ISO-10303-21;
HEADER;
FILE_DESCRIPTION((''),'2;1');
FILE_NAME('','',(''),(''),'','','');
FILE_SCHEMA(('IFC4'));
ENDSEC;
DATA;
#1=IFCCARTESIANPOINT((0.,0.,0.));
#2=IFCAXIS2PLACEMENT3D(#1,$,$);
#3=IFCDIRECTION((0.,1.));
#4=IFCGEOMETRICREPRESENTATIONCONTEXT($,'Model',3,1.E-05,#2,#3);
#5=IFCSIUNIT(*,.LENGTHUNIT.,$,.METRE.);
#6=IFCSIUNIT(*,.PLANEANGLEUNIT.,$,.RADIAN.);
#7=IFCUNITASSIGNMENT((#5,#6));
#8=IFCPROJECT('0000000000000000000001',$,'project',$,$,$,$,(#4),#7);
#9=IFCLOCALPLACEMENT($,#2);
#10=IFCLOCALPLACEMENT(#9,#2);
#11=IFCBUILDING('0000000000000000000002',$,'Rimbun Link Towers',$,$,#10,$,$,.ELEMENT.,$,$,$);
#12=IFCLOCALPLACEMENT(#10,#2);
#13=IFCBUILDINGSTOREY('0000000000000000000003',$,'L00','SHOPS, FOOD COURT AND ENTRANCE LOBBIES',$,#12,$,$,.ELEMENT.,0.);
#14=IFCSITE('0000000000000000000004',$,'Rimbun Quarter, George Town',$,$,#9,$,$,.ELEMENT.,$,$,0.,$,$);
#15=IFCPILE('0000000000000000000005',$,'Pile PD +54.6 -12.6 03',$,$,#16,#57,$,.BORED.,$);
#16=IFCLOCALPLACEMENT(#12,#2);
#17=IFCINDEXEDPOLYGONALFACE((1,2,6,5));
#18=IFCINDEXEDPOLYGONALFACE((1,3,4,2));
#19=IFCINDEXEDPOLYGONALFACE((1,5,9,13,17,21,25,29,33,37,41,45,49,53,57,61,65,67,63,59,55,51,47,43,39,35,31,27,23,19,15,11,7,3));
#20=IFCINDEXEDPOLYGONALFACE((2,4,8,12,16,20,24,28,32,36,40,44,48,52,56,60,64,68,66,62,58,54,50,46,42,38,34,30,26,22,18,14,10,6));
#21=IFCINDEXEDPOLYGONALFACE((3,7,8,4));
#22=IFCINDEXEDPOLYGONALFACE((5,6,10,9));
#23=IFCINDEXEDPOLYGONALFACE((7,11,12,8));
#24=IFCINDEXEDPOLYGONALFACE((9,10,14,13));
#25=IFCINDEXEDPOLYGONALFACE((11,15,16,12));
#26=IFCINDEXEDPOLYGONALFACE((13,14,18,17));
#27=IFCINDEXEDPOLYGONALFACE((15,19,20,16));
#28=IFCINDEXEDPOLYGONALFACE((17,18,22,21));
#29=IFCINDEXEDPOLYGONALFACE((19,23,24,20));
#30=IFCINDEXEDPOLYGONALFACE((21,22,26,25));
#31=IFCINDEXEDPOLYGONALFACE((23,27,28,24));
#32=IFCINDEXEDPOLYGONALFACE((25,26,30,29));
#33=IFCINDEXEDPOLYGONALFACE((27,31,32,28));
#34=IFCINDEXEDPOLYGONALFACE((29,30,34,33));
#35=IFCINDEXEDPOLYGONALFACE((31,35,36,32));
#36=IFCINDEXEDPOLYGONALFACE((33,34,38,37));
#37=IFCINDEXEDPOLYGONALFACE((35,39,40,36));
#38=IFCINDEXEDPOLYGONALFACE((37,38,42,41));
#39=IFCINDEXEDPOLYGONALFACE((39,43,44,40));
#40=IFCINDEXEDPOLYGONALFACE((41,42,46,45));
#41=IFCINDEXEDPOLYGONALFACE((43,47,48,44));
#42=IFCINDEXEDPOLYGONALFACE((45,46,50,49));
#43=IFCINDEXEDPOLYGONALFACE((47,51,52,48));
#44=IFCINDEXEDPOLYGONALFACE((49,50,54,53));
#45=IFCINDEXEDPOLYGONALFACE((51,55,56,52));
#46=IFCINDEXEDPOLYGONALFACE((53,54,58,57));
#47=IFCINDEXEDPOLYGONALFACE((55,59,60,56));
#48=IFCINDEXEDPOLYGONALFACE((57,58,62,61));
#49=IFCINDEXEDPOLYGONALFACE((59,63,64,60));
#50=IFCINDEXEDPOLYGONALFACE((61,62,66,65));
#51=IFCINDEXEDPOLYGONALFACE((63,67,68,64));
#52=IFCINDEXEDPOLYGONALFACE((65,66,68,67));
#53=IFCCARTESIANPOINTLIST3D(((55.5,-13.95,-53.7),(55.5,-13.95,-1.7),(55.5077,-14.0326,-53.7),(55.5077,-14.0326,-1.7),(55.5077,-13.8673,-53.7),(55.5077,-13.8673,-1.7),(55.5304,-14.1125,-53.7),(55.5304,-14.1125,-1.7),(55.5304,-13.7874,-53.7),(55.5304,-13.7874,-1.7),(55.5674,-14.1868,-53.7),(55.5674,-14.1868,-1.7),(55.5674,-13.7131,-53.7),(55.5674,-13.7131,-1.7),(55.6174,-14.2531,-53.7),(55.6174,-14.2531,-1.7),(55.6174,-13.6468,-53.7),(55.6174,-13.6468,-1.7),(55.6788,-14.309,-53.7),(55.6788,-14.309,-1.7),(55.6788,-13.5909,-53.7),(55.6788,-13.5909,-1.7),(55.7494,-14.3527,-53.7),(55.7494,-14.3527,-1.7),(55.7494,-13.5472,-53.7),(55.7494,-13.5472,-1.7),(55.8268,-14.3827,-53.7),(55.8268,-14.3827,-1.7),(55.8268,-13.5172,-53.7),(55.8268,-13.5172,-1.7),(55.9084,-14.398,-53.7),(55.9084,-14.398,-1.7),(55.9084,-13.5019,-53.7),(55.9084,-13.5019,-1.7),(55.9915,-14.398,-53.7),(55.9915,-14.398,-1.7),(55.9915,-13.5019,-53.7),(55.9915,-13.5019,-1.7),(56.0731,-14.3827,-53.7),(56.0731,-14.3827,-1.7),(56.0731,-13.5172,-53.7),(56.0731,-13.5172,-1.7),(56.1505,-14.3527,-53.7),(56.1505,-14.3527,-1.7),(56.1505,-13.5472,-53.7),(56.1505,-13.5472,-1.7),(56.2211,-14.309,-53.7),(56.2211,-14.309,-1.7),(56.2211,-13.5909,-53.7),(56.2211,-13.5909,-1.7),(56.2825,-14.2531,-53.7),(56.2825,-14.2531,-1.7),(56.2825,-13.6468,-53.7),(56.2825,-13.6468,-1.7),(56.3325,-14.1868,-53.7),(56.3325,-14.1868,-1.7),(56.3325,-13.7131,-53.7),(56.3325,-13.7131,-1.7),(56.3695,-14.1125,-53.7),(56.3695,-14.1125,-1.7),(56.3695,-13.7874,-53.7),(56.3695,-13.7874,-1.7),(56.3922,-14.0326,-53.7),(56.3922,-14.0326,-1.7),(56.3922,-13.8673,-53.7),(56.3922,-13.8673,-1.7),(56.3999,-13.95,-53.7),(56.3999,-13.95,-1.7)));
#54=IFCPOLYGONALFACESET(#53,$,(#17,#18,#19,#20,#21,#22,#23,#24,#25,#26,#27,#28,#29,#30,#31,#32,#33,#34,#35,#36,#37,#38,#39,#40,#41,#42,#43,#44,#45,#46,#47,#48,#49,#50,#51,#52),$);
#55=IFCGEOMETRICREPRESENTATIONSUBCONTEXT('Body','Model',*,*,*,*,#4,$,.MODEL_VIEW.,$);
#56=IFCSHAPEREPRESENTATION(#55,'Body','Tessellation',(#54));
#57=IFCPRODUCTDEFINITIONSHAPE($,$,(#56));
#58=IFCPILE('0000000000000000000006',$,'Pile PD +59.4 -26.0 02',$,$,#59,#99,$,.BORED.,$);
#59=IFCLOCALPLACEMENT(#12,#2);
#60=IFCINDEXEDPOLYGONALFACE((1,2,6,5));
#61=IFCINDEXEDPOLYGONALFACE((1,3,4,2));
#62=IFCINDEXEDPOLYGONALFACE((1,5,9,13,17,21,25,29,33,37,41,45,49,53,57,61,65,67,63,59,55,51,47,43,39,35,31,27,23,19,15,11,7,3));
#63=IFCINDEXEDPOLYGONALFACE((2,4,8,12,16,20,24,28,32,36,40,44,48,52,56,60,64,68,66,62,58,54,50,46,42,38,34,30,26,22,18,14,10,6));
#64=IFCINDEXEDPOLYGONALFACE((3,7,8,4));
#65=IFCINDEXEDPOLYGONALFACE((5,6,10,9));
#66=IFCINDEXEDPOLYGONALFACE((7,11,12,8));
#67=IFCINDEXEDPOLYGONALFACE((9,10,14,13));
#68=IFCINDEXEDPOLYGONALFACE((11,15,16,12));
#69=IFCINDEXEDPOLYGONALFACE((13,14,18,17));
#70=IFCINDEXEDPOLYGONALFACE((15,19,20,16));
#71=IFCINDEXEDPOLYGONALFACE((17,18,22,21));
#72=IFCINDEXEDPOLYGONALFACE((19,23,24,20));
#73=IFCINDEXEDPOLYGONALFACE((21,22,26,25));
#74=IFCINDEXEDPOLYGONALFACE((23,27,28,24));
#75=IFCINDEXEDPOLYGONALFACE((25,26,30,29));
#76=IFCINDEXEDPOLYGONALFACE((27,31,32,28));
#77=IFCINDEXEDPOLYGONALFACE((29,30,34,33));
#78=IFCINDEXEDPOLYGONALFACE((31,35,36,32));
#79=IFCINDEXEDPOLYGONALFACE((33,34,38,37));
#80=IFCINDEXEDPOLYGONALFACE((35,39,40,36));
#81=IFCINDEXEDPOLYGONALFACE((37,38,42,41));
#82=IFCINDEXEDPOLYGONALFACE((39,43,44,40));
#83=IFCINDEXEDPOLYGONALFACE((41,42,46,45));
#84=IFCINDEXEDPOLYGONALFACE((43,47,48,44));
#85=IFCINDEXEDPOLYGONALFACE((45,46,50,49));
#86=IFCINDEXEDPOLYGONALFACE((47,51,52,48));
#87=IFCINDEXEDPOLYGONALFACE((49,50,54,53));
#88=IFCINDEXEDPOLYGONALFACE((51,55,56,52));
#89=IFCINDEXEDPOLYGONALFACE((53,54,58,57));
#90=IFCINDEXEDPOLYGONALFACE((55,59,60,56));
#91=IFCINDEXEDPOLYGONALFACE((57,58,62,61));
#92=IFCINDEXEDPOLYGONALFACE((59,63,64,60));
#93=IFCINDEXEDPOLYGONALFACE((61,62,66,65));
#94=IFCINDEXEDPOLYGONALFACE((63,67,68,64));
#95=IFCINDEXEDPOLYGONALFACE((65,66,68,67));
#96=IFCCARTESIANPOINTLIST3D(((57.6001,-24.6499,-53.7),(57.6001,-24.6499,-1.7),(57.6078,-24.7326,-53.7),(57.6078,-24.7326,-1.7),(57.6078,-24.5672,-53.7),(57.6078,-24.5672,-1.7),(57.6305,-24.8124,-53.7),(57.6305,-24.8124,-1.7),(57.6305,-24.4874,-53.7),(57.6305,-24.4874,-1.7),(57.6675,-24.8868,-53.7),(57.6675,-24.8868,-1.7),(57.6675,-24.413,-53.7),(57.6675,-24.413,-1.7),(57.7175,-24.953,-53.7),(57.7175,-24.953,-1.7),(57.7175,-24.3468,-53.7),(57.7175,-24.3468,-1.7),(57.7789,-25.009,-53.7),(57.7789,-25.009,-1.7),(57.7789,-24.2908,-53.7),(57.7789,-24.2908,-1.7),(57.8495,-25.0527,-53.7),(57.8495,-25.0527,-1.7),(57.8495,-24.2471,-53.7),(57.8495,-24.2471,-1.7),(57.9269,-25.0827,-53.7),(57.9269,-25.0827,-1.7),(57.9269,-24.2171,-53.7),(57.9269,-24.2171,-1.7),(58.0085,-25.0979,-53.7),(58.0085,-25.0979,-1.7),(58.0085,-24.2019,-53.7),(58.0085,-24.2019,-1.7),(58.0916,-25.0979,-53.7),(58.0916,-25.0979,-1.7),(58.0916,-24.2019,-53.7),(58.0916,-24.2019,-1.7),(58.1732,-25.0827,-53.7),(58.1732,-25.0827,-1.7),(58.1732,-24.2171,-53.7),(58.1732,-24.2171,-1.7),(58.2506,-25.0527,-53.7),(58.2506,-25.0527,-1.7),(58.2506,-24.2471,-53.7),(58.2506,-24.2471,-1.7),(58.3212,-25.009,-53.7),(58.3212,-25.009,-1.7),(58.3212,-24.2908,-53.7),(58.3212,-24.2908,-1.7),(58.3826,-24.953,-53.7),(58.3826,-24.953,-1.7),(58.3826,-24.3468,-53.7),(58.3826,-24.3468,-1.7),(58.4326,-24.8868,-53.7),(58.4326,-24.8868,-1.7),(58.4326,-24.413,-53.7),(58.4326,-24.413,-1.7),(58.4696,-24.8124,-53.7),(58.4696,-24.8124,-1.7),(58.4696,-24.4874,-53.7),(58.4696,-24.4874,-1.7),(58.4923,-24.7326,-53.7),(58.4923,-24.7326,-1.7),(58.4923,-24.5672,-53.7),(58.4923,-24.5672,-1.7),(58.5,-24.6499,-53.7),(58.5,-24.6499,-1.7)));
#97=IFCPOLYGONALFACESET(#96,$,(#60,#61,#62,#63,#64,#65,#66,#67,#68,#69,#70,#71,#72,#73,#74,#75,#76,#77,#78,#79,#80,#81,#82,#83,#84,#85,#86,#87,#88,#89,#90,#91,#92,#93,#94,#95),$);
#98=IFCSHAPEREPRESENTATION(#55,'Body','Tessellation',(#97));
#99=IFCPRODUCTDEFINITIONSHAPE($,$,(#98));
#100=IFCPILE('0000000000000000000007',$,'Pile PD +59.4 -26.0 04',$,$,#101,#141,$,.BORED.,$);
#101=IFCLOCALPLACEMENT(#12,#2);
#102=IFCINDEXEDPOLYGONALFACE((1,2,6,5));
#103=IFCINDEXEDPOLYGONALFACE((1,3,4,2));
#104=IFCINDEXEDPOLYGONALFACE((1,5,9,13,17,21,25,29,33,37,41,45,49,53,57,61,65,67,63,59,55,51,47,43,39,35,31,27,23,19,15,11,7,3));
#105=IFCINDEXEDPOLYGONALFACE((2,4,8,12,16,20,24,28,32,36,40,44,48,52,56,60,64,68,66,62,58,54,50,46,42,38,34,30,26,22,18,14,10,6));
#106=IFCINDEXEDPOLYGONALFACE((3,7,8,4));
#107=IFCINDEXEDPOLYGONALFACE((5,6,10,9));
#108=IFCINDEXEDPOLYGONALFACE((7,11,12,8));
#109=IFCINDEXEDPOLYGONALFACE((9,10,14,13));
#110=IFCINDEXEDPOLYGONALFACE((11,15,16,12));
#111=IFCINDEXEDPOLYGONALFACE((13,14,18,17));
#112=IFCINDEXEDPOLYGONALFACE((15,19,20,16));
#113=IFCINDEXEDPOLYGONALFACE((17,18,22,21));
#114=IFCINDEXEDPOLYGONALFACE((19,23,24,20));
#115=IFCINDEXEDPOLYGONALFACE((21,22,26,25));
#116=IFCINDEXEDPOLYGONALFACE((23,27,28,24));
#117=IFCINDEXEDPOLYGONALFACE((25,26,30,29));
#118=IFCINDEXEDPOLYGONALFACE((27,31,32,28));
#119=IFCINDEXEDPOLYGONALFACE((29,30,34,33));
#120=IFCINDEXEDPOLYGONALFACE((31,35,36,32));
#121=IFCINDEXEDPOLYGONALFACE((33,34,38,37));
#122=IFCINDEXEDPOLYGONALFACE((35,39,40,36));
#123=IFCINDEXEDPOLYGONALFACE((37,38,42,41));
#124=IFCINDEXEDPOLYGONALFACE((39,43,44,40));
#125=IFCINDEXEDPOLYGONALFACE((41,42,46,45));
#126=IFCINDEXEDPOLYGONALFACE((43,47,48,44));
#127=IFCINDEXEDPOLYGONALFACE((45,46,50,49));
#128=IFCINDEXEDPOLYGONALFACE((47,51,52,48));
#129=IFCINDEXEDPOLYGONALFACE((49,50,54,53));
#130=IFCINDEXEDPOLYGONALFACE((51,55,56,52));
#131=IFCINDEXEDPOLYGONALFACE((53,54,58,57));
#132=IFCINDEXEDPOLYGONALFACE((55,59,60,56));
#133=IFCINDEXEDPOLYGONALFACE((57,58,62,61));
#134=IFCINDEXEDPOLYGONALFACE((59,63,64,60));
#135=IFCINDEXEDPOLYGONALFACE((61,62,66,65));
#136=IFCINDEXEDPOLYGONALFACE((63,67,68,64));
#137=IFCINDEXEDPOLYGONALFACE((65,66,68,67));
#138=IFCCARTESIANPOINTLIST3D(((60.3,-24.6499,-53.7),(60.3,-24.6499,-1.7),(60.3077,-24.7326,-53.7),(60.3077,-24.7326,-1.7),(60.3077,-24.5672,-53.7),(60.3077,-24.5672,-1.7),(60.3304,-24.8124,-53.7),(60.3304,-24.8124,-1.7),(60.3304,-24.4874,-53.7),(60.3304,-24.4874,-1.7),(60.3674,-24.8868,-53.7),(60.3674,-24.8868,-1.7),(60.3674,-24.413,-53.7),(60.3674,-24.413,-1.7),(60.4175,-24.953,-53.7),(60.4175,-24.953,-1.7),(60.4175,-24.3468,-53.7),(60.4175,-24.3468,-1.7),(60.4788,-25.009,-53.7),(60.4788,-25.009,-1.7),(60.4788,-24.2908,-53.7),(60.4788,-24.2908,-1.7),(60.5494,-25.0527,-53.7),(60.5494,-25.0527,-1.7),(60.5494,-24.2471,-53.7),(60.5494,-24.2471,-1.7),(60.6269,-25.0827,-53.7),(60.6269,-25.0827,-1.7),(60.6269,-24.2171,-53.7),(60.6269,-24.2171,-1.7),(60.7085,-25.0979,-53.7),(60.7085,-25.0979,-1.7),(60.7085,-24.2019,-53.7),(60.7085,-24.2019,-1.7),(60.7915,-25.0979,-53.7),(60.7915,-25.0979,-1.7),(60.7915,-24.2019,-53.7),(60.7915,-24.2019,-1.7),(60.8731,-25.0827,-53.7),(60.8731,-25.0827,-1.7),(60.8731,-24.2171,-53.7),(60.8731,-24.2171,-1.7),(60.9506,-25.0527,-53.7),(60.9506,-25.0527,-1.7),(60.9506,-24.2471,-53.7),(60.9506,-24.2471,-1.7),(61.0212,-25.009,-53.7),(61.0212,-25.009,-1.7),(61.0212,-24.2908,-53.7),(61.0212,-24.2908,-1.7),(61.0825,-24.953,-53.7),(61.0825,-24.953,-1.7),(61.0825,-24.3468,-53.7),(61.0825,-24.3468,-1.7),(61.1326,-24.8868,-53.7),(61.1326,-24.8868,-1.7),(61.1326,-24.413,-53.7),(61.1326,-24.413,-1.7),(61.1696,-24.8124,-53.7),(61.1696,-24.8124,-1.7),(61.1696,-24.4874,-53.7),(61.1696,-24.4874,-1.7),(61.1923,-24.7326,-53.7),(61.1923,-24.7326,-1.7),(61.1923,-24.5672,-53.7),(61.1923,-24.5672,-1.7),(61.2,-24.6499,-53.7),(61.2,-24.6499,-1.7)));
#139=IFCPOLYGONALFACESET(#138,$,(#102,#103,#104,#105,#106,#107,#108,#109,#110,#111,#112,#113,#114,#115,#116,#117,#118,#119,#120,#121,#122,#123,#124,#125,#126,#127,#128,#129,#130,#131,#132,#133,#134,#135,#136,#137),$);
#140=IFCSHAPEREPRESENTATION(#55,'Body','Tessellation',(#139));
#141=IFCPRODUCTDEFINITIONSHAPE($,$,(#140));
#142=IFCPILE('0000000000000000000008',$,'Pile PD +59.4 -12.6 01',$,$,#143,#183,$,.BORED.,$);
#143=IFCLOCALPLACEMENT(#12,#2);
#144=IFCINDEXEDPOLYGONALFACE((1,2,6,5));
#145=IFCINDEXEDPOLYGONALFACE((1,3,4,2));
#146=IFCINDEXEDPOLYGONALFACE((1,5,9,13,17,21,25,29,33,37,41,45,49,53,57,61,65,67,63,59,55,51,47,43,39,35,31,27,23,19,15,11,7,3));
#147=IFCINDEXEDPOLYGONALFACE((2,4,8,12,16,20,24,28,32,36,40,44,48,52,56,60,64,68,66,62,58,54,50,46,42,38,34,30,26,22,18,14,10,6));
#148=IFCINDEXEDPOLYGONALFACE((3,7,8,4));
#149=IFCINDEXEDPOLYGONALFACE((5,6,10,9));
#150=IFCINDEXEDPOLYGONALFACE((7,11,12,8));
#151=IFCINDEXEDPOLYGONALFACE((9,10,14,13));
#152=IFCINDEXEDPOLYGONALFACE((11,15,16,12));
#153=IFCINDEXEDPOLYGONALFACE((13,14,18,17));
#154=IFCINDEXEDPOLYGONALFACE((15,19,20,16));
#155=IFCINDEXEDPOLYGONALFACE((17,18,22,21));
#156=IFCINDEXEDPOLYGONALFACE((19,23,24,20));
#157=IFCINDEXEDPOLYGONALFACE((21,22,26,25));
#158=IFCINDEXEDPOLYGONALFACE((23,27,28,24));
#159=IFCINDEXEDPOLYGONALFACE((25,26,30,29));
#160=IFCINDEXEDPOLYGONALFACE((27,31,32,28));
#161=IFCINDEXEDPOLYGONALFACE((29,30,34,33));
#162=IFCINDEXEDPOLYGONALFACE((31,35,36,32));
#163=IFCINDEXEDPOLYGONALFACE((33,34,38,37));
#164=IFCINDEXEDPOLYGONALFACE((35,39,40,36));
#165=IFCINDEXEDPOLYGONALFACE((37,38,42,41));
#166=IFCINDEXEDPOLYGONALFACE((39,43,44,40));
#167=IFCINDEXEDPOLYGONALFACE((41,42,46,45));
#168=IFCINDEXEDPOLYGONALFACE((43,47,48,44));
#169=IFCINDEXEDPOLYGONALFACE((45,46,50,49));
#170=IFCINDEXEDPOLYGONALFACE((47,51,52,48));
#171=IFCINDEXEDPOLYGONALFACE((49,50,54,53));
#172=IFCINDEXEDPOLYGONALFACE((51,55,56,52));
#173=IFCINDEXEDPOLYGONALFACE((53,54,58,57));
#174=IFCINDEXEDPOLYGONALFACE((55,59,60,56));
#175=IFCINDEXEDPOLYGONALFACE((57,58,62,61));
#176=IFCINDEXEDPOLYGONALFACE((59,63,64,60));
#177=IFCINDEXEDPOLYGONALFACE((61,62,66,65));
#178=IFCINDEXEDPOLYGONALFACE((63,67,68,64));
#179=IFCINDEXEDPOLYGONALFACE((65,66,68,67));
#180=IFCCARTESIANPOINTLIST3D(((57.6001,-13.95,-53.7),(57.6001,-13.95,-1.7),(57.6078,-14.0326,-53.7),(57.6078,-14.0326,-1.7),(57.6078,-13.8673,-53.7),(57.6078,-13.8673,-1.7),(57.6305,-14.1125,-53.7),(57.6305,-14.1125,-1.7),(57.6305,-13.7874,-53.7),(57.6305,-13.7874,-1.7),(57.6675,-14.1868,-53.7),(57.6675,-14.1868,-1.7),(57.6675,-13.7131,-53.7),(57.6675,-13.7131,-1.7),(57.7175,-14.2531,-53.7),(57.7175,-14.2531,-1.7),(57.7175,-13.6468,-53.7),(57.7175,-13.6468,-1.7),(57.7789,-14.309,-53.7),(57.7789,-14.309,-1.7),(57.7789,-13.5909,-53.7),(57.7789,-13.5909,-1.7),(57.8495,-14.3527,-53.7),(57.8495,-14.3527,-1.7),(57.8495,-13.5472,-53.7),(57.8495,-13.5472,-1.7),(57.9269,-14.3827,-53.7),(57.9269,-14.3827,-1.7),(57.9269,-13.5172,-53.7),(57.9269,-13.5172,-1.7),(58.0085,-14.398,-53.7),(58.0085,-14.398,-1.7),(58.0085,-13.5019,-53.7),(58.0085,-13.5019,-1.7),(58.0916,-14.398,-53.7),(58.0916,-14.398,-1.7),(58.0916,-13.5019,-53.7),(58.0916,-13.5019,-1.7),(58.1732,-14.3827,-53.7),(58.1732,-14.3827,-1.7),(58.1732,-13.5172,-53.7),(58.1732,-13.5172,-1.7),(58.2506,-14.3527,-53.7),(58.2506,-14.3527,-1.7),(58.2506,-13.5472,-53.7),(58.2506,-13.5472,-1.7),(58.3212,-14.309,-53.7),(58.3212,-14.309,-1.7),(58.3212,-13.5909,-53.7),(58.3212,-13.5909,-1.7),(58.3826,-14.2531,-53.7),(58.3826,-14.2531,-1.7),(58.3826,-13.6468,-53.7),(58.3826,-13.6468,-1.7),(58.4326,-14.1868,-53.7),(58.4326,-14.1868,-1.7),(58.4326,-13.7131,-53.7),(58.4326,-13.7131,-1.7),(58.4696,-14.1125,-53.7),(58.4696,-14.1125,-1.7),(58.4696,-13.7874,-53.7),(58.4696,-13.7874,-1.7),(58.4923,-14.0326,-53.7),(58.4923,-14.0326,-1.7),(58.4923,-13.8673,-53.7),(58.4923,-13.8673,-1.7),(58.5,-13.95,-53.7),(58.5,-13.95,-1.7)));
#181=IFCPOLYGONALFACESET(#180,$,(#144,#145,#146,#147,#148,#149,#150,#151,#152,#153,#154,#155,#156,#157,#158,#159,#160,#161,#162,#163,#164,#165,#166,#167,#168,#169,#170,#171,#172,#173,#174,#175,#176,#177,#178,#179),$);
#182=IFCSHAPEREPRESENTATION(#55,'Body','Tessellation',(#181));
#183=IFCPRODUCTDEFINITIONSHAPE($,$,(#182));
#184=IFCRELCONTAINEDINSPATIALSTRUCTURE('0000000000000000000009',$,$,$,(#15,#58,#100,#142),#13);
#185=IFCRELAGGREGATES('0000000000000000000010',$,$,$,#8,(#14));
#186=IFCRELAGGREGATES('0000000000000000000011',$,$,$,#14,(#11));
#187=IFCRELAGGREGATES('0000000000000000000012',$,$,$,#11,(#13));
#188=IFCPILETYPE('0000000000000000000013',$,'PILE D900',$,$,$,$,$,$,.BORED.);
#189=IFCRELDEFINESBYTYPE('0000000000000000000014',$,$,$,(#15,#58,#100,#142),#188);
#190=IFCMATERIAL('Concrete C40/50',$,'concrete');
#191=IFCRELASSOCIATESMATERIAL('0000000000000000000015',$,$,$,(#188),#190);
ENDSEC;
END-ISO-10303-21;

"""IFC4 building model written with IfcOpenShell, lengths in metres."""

from ifc_helpers import new_model, si_unit, direction, frame, origin, origin_2d, place, context, subcontext, project, spatial, circle, extrude, material, material_profile, profile_set, type_object, element, save


model = new_model("IFC4")

# Units and contexts
model_context = context("Model", 3, precision=1e-05, world=origin(), true_north=direction((0.0, 1.0)))
body_context = subcontext(model_context, "Body", "Model", "MODEL_VIEW")
ifc_project = project(units=[si_unit("LENGTHUNIT", "METRE"), si_unit("PLANEANGLEUNIT", "RADIAN")], contexts=[model_context])

# Site, building, storey
site_placement = place(None, origin())
site = spatial("IfcSite", under=ifc_project, at=site_placement, Name="Rimbun Quarter, George Town", CompositionType="ELEMENT", RefElevation=0.0)
building_placement = place(site_placement, origin())
building = spatial("IfcBuilding", under=site, at=building_placement, Name="Rimbun Link Towers", CompositionType="ELEMENT")
storey_placement = place(building_placement, origin())
storey = spatial("IfcBuildingStorey", under=building, at=storey_placement, Name="L00", Description="SHOPS, FOOD COURT AND ENTRANCE LOBBIES", CompositionType="ELEMENT", Elevation=0.0)

# Piles
ifc_material_1 = material(Name="Concrete C40/50", Category="concrete")
ifc_material_profile_1 = material_profile(ifc_material_1, circle(Radius=0.45, at=origin_2d()), Name="PILE D900")
ifc_profile_set_1 = profile_set([ifc_material_profile_1], Name="Concrete C40/50")
pile_type = type_object("IfcPileType", Name="PILE D900", PredefinedType="BORED", material=ifc_profile_set_1)
for number, where, z_axis, x_axis, name in (
    (1, (55.95, -13.95, -1.7), (0.0, 0.0, -1.0), (1.0, 0.0, 0.0), "Pile PD +54.6 -12.6 03"),
    (2, (58.05, -24.6499, -1.7), (0.0, 0.0, -1.0), (1.0, 0.0, 0.0), "Pile PD +59.4 -26.0 02"),
    (3, (60.75, -24.6499, -1.7), (0.0, 0.0, -1.0), (1.0, 0.0, 0.0), "Pile PD +59.4 -26.0 04"),
    (4, (58.05, -13.95, -1.7), (0.0, 0.0, -1.0), (1.0, 0.0, 0.0), "Pile PD +59.4 -12.6 01"),
):
    element("IfcPile", number, at=place(storey_placement, frame(where, z_axis=z_axis, x_axis=x_axis)), inside=storey, type_object=pile_type, Name=name, PredefinedType="BORED", context=body_context, shape_type="SweptSolid", body=[
        extrude(circle(Radius=0.45, at=origin_2d()), origin(), (0.0, 0.0, 1.0), 52.0),
    ])

save(model, "model.ifc")
